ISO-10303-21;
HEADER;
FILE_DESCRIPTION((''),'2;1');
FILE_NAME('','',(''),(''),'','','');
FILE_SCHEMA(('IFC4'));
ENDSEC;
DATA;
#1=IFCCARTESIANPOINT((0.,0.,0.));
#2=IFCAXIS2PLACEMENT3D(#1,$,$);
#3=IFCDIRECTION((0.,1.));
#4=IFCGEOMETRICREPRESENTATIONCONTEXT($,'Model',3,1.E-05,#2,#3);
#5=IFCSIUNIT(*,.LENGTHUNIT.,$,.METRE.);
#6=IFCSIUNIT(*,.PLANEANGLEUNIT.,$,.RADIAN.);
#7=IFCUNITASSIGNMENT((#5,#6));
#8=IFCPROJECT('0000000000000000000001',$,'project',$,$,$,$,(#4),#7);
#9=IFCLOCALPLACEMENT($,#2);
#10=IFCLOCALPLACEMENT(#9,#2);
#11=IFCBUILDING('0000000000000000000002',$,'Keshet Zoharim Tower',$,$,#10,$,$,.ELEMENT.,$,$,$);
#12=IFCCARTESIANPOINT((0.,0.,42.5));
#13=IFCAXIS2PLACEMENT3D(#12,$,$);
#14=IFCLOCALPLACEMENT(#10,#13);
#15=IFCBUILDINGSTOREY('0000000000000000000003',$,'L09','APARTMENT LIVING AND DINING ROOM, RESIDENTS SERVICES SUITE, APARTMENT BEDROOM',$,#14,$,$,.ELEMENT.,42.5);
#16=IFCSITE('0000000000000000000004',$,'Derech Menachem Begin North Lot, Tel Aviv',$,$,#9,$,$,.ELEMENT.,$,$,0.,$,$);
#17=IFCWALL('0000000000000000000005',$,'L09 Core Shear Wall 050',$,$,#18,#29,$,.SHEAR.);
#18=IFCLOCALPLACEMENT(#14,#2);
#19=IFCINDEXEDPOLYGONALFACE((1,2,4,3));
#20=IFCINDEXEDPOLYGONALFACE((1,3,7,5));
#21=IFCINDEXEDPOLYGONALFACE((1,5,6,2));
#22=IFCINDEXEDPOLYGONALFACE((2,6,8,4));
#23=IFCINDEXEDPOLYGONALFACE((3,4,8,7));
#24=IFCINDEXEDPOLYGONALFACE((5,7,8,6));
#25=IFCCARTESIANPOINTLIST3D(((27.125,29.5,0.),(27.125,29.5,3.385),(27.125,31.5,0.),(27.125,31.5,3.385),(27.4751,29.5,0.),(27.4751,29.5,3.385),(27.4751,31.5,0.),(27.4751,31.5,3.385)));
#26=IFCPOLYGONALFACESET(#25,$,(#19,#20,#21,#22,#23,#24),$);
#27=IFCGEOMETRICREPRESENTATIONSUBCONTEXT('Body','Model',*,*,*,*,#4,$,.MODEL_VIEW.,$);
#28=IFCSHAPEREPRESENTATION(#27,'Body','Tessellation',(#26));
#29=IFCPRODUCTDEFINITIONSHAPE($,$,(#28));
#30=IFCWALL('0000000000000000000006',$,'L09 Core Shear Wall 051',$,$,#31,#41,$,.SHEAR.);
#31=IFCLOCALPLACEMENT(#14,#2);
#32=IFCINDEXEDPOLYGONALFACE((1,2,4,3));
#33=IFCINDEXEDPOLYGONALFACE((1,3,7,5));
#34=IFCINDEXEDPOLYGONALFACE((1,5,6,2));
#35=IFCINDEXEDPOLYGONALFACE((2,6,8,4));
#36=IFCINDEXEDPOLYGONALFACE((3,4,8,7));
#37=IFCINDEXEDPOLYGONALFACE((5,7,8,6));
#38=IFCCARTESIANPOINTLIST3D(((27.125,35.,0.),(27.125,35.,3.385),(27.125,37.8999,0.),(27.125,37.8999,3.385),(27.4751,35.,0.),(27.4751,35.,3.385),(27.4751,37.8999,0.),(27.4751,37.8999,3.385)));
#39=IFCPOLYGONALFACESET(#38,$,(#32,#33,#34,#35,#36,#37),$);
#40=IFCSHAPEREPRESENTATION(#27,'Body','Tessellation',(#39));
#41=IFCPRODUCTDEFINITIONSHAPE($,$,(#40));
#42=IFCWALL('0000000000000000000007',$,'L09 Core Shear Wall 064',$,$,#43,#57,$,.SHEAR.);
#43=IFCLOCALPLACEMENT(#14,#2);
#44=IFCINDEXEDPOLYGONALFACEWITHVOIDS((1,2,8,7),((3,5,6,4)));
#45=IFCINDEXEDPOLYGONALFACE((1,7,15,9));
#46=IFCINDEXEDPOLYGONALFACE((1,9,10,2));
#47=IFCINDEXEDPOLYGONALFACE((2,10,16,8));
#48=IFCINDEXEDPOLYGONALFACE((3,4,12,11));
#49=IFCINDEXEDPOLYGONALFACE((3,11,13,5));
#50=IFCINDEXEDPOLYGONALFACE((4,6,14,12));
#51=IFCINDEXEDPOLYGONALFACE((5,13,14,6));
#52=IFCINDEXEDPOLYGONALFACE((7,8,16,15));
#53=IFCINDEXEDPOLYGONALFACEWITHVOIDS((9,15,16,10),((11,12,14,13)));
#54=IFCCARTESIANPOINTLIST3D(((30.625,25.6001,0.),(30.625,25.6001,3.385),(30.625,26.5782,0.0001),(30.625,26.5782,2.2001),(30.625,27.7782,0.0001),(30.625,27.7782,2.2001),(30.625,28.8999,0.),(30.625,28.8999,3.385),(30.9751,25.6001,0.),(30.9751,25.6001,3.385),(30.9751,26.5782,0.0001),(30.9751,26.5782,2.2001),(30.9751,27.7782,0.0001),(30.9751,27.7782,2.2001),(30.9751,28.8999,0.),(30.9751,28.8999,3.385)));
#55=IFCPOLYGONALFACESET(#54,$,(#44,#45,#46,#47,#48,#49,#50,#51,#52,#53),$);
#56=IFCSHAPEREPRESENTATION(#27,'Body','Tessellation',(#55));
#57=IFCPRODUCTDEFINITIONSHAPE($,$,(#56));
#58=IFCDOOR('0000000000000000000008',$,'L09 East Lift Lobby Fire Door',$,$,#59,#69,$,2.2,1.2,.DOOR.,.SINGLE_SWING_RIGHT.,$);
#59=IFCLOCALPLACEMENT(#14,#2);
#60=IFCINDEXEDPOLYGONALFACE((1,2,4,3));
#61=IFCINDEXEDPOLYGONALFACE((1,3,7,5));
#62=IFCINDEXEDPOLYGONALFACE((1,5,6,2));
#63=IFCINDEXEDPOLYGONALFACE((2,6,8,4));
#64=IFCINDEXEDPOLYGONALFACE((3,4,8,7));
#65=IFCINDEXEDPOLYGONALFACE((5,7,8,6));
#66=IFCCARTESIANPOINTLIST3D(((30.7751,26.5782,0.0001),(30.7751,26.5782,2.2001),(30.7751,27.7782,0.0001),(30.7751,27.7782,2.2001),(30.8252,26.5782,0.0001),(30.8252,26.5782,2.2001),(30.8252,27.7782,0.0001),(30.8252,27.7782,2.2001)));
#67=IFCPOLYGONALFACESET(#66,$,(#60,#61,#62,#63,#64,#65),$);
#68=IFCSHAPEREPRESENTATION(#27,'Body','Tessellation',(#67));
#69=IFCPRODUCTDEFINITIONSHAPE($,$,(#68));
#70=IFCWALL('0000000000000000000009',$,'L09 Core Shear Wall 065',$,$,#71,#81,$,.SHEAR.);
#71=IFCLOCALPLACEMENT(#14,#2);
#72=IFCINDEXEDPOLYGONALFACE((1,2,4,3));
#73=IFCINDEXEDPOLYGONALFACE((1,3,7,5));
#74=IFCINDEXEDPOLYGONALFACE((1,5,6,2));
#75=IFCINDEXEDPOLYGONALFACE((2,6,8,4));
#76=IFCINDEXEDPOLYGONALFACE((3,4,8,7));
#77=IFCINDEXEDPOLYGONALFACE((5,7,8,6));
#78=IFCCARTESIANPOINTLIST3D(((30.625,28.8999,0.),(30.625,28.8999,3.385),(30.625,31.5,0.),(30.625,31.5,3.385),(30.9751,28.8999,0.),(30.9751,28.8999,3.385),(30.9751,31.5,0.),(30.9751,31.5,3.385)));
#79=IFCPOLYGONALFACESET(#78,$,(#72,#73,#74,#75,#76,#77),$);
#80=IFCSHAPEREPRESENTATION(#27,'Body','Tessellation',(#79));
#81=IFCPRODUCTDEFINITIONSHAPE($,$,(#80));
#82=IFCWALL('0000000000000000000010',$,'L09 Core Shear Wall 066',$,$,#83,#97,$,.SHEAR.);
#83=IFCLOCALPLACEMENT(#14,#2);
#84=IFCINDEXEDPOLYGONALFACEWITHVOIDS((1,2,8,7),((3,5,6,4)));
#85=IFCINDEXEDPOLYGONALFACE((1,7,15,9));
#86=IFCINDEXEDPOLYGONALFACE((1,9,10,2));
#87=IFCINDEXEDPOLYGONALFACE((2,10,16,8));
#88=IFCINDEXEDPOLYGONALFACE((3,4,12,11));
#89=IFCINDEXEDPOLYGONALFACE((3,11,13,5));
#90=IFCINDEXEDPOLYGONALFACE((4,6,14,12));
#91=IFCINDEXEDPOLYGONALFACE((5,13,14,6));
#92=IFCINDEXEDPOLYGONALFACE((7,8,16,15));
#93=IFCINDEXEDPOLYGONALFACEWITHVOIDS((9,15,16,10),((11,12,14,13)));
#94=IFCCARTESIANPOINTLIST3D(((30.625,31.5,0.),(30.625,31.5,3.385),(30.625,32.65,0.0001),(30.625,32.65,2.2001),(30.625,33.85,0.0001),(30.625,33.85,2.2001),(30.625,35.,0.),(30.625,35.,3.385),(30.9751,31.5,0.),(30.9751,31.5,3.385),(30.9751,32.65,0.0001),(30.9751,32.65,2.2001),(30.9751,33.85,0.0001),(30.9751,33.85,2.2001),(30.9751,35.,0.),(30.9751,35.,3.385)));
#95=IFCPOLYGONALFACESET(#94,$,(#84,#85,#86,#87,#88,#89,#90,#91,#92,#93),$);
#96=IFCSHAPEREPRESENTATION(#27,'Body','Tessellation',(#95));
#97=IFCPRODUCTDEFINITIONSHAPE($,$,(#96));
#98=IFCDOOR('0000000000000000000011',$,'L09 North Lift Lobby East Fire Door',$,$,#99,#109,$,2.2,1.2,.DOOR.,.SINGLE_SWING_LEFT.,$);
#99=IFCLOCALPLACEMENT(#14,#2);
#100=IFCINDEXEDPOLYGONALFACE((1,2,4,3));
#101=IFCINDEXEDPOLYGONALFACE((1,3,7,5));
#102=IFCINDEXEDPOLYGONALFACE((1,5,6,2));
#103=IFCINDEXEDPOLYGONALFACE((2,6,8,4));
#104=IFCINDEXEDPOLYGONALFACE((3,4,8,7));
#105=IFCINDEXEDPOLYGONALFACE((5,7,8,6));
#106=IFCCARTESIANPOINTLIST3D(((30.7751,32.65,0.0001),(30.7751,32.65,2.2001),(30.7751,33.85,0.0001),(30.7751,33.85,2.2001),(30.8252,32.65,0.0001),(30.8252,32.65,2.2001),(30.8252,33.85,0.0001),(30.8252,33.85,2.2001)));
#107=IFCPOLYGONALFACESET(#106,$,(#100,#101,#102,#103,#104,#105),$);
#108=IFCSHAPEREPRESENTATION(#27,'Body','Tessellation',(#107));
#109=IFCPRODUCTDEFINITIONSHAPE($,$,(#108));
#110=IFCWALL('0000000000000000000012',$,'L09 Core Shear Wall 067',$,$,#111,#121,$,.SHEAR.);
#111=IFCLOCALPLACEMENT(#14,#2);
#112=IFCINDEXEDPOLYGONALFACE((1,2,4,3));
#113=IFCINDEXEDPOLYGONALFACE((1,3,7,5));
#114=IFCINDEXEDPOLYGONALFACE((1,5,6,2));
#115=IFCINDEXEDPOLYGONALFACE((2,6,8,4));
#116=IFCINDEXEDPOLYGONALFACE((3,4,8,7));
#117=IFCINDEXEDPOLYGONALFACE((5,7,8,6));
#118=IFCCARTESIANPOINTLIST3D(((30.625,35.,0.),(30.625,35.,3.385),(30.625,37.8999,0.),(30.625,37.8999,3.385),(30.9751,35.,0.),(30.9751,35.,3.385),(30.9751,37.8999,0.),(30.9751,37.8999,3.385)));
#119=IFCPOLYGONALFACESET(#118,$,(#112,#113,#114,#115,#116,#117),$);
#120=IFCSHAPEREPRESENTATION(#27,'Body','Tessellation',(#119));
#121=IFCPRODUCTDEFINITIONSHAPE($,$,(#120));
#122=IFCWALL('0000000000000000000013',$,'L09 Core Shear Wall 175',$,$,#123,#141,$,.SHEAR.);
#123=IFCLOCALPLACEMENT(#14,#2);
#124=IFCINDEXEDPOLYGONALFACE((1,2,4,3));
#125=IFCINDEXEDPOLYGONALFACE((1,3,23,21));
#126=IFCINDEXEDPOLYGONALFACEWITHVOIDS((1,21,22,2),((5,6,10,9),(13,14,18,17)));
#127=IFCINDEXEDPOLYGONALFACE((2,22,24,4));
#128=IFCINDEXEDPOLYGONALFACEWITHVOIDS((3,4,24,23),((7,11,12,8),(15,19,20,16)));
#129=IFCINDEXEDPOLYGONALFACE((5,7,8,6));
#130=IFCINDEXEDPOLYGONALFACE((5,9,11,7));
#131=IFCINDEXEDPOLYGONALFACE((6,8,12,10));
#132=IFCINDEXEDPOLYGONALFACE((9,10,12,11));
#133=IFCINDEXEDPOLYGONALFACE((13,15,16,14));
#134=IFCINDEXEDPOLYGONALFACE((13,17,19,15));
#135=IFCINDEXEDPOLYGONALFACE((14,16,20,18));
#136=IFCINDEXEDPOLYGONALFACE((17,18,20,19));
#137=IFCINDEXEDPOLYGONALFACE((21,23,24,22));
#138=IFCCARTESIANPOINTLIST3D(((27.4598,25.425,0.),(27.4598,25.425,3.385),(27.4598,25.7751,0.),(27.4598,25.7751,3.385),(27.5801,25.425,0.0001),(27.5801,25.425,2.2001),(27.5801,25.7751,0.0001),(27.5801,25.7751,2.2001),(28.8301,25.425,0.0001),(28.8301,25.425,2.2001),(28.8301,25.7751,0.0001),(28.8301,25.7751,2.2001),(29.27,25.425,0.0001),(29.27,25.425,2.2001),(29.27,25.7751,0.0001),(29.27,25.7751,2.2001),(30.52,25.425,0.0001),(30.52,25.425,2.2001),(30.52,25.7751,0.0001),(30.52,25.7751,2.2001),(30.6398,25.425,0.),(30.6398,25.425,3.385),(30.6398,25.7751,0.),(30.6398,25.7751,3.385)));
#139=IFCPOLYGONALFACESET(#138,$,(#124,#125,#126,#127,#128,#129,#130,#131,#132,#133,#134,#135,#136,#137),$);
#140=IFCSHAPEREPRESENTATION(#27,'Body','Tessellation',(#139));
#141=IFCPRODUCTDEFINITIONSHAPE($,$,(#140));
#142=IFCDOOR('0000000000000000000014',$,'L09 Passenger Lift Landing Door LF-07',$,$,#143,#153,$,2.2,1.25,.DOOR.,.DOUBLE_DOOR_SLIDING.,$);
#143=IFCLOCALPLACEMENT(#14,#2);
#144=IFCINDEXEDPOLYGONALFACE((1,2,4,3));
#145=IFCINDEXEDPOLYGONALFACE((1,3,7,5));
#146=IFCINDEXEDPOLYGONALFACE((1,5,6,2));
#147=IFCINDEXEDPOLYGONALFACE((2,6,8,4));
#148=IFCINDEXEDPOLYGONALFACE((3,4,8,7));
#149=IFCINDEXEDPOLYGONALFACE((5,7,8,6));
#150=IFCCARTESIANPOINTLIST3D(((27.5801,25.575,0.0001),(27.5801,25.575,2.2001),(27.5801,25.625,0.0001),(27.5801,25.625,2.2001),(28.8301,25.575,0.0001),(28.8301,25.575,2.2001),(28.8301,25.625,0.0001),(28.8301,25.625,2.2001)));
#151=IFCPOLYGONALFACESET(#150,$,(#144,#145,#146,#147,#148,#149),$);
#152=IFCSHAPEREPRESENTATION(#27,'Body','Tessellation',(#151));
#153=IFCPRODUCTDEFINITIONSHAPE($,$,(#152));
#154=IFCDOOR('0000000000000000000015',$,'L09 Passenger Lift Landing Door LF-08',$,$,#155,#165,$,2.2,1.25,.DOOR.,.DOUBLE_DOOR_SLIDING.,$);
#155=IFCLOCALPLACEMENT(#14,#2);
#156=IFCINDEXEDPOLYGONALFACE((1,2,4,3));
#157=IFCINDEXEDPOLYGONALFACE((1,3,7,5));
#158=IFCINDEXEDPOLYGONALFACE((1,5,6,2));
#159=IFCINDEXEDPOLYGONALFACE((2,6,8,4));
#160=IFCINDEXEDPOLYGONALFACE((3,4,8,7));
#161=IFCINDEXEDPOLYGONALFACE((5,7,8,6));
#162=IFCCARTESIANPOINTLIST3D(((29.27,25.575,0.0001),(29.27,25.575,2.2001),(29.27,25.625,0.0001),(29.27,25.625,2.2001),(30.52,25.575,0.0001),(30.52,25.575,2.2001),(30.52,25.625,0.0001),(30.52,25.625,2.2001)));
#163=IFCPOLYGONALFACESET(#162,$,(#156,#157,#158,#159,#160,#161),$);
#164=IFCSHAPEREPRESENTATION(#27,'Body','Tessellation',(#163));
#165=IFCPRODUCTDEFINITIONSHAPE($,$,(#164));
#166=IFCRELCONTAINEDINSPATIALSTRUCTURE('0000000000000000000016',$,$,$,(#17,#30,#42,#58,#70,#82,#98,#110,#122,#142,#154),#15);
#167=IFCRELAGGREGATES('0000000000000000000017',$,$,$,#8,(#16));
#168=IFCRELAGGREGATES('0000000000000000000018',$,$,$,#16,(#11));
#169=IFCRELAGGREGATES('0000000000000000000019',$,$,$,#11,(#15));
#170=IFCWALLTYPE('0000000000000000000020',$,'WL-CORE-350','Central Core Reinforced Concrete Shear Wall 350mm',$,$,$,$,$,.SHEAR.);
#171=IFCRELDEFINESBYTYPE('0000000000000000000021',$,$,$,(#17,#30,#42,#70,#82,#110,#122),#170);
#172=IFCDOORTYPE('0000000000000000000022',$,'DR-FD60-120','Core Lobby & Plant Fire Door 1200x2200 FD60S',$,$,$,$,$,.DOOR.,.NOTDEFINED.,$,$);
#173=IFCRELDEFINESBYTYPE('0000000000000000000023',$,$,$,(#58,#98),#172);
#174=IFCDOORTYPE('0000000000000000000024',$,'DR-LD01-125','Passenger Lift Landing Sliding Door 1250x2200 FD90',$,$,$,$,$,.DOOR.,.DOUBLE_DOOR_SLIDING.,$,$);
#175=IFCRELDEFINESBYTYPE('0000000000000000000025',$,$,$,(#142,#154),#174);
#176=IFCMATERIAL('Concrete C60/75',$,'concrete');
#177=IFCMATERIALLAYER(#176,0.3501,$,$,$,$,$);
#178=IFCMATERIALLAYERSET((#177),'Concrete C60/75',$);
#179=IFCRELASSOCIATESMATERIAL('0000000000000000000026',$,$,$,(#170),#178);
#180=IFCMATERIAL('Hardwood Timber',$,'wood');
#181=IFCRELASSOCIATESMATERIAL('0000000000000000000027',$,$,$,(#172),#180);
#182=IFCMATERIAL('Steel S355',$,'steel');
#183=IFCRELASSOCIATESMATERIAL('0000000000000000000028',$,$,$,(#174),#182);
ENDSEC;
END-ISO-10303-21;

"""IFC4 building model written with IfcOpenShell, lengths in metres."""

from ifc_helpers import new_model, si_unit, direction, frame, frame_2d, origin, place, context, subcontext, project, spatial, rectangle, extrude, material, layer, layer_set, type_object, element, fill, save


model = new_model("IFC4")

# Units and contexts
model_context = context("Model", 3, precision=1e-05, world=origin(), true_north=direction((0.0, 1.0)))
body_context = subcontext(model_context, "Body", "Model", "MODEL_VIEW")
ifc_project = project(units=[si_unit("LENGTHUNIT", "METRE"), si_unit("PLANEANGLEUNIT", "RADIAN")], contexts=[model_context])

# Site, building, storey
site_placement = place(None, origin())
site = spatial("IfcSite", under=ifc_project, at=site_placement, Name="Derech Menachem Begin North Lot, Tel Aviv", CompositionType="ELEMENT", RefElevation=0.0)
building_placement = place(site_placement, origin())
building = spatial("IfcBuilding", under=site, at=building_placement, Name="Keshet Zoharim Tower", CompositionType="ELEMENT")
storey_placement = place(building_placement, frame((0.0, 0.0, 42.5)))
storey = spatial("IfcBuildingStorey", under=building, at=storey_placement, Name="L09", Description="APARTMENT LIVING AND DINING ROOM, RESIDENTS SERVICES SUITE, APARTMENT BEDROOM", CompositionType="ELEMENT", Elevation=42.5)

# Shared definitions
ifc_material_1 = material(Name="Concrete C60/75", Category="concrete")

# Shared definitions
ifc_material_2 = material(Name="Steel S355", Category="steel")

# Walls
ifc_layer_1 = layer(ifc_material_1, 0.3501)
ifc_layer_set_1 = layer_set([ifc_layer_1], Name="Concrete C60/75")
wall_type_1 = type_object("IfcWallType", Name="WL-CORE-350", Description="Central Core Reinforced Concrete Shear Wall 350mm", PredefinedType="SHEAR", material=ifc_layer_set_1)
wall_1_placement = place(storey_placement, frame((27.3, 29.5, 0.0), z_axis=(0.0, 0.0, 1.0), x_axis=(0.0, 1.0, 0.0)))
element("IfcWall", 1, at=wall_1_placement, inside=storey, type_object=wall_type_1, Name="L09 Core Shear Wall 050", PredefinedType="SHEAR", context=body_context, shape_type="SweptSolid", body=[
    extrude(rectangle(XDim=2.0, YDim=0.3501, at=frame_2d((1.0, 0.0))), origin(), (0.0, 0.0, 1.0), 3.385),
])
wall_2_placement = place(storey_placement, frame((27.3, 35.0, 0.0), z_axis=(0.0, 0.0, 1.0), x_axis=(0.0, 1.0, 0.0)))
element("IfcWall", 2, at=wall_2_placement, inside=storey, type_object=wall_type_1, Name="L09 Core Shear Wall 051", PredefinedType="SHEAR", context=body_context, shape_type="SweptSolid", body=[
    extrude(rectangle(XDim=2.8999, YDim=0.3501, at=frame_2d((1.45, 0.0))), origin(), (0.0, 0.0, 1.0), 3.385),
])

# Wall, opening, door
wall_3_placement = place(storey_placement, frame((30.8, 25.6001, 0.0), z_axis=(0.0, 0.0, 1.0), x_axis=(0.0, 1.0, 0.0)))
wall_3 = element("IfcWall", 3, at=wall_3_placement, inside=storey, type_object=wall_type_1, Name="L09 Core Shear Wall 064", PredefinedType="SHEAR", context=body_context, shape_type="SweptSolid", body=[
    extrude(rectangle(XDim=3.2998, YDim=0.3501, at=frame_2d((1.6499, 0.0))), origin(), (0.0, 0.0, 1.0), 3.385),
])
opening_1_placement = place(wall_3_placement, frame((0.978, 0.0, 0.0)))
opening_1 = element("IfcOpeningElement", 4, at=opening_1_placement, cuts=wall_3, PredefinedType="OPENING", context=body_context, shape_type="SweptSolid", body=[
    extrude(rectangle(XDim=1.2, YDim=2.2, at=frame_2d((0.6001, 1.1001))), frame((0.0, 0.1851, 0.0), z_axis=(0.0, -1.0, 0.0), x_axis=(1.0, 0.0, 0.0)), (0.0, 0.0, 1.0), 0.3701),
])
ifc_material_3 = material(Name="Hardwood Timber", Category="wood")
door_type_1 = type_object("IfcDoorType", Name="DR-FD60-120", Description="Core Lobby & Plant Fire Door 1200x2200 FD60S", OperationType="NOTDEFINED", PredefinedType="DOOR", material=ifc_material_3)
door_1_placement = place(opening_1_placement, origin())
door_1 = element("IfcDoor", 5, at=door_1_placement, inside=storey, type_object=door_type_1, Name="L09 East Lift Lobby Fire Door", OperationType="SINGLE_SWING_RIGHT", OverallHeight=2.2, OverallWidth=1.2, PredefinedType="DOOR", context=body_context, shape_type="SweptSolid", body=[
    extrude(rectangle(XDim=1.2, YDim=2.2, at=frame_2d((0.6001, 1.1001))), frame((0.0, 0.0249, 0.0), z_axis=(0.0, -1.0, 0.0), x_axis=(1.0, 0.0, 0.0)), (0.0, 0.0, 1.0), 0.05),
])
fill(opening_1, door_1)

# Wall
wall_4_placement = place(storey_placement, frame((30.8, 28.8999, 0.0), z_axis=(0.0, 0.0, 1.0), x_axis=(0.0, 1.0, 0.0)))
element("IfcWall", 6, at=wall_4_placement, inside=storey, type_object=wall_type_1, Name="L09 Core Shear Wall 065", PredefinedType="SHEAR", context=body_context, shape_type="SweptSolid", body=[
    extrude(rectangle(XDim=2.6001, YDim=0.3501, at=frame_2d((1.3, 0.0))), origin(), (0.0, 0.0, 1.0), 3.385),
])

# Wall, opening, door
wall_5_placement = place(storey_placement, frame((30.8, 31.5, 0.0), z_axis=(0.0, 0.0, 1.0), x_axis=(0.0, 1.0, 0.0)))
wall_5 = element("IfcWall", 7, at=wall_5_placement, inside=storey, type_object=wall_type_1, Name="L09 Core Shear Wall 066", PredefinedType="SHEAR", context=body_context, shape_type="SweptSolid", body=[
    extrude(rectangle(XDim=3.5, YDim=0.3501, at=frame_2d((1.75, 0.0))), origin(), (0.0, 0.0, 1.0), 3.385),
])
opening_2_placement = place(wall_5_placement, frame((1.1499, 0.0, 0.0)))
opening_2 = element("IfcOpeningElement", 8, at=opening_2_placement, cuts=wall_5, PredefinedType="OPENING", context=body_context, shape_type="SweptSolid", body=[
    extrude(rectangle(XDim=1.2, YDim=2.2, at=frame_2d((0.6001, 1.1001))), frame((0.0, 0.1851, 0.0), z_axis=(0.0, -1.0, 0.0), x_axis=(1.0, 0.0, 0.0)), (0.0, 0.0, 1.0), 0.3701),
])
door_2_placement = place(opening_2_placement, origin())
door_2 = element("IfcDoor", 9, at=door_2_placement, inside=storey, type_object=door_type_1, Name="L09 North Lift Lobby East Fire Door", OperationType="SINGLE_SWING_LEFT", OverallHeight=2.2, OverallWidth=1.2, PredefinedType="DOOR", context=body_context, shape_type="SweptSolid", body=[
    extrude(rectangle(XDim=1.2, YDim=2.2, at=frame_2d((0.6001, 1.1001))), frame((0.0, 0.0249, 0.0), z_axis=(0.0, -1.0, 0.0), x_axis=(1.0, 0.0, 0.0)), (0.0, 0.0, 1.0), 0.05),
])
fill(opening_2, door_2)

# Wall
wall_6_placement = place(storey_placement, frame((30.8, 35.0, 0.0), z_axis=(0.0, 0.0, 1.0), x_axis=(0.0, 1.0, 0.0)))
element("IfcWall", 10, at=wall_6_placement, inside=storey, type_object=wall_type_1, Name="L09 Core Shear Wall 067", PredefinedType="SHEAR", context=body_context, shape_type="SweptSolid", body=[
    extrude(rectangle(XDim=2.8999, YDim=0.3501, at=frame_2d((1.45, 0.0))), origin(), (0.0, 0.0, 1.0), 3.385),
])

# Wall, openings, doors
wall_7_placement = place(storey_placement, frame((27.46, 25.6001, 0.0), z_axis=(0.0, 0.0, 1.0), x_axis=(1.0, 0.0, 0.0)))
wall_7 = element("IfcWall", 11, at=wall_7_placement, inside=storey, type_object=wall_type_1, Name="L09 Core Shear Wall 175", PredefinedType="SHEAR", context=body_context, shape_type="SweptSolid", body=[
    extrude(rectangle(XDim=3.1799, YDim=0.3501, at=frame_2d((1.5898, 0.0))), origin(), (0.0, 0.0, 1.0), 3.385),
])
opening_3_placement = place(wall_7_placement, frame((0.1201, 0.0, 0.0)))
opening_3 = element("IfcOpeningElement", 12, at=opening_3_placement, cuts=wall_7, PredefinedType="OPENING", context=body_context, shape_type="SweptSolid", body=[
    extrude(rectangle(XDim=1.25, YDim=2.2, at=frame_2d((0.625, 1.1001))), frame((0.0, 0.1851, 0.0), z_axis=(0.0, -1.0, 0.0), x_axis=(1.0, 0.0, 0.0)), (0.0, 0.0, 1.0), 0.3701),
])
opening_4_placement = place(wall_7_placement, frame((1.8101, 0.0, 0.0)))
opening_4 = element("IfcOpeningElement", 13, at=opening_4_placement, cuts=wall_7, PredefinedType="OPENING", context=body_context, shape_type="SweptSolid", body=[
    extrude(rectangle(XDim=1.25, YDim=2.2, at=frame_2d((0.625, 1.1001))), frame((0.0, 0.1851, 0.0), z_axis=(0.0, -1.0, 0.0), x_axis=(1.0, 0.0, 0.0)), (0.0, 0.0, 1.0), 0.3701),
])
door_type_2 = type_object("IfcDoorType", Name="DR-LD01-125", Description="Passenger Lift Landing Sliding Door 1250x2200 FD90", OperationType="DOUBLE_DOOR_SLIDING", PredefinedType="DOOR", material=ifc_material_2)
door_3_placement = place(opening_3_placement, origin())
door_3 = element("IfcDoor", 14, at=door_3_placement, inside=storey, type_object=door_type_2, Name="L09 Passenger Lift Landing Door LF-07", OperationType="DOUBLE_DOOR_SLIDING", OverallHeight=2.2, OverallWidth=1.25, PredefinedType="DOOR", context=body_context, shape_type="SweptSolid", body=[
    extrude(rectangle(XDim=1.25, YDim=2.2, at=frame_2d((0.625, 1.1001))), frame((0.0, 0.0249, 0.0), z_axis=(0.0, -1.0, 0.0), x_axis=(1.0, 0.0, 0.0)), (0.0, 0.0, 1.0), 0.05),
])
fill(opening_3, door_3)
door_4_placement = place(opening_4_placement, origin())
door_4 = element("IfcDoor", 15, at=door_4_placement, inside=storey, type_object=door_type_2, Name="L09 Passenger Lift Landing Door LF-08", OperationType="DOUBLE_DOOR_SLIDING", OverallHeight=2.2, OverallWidth=1.25, PredefinedType="DOOR", context=body_context, shape_type="SweptSolid", body=[
    extrude(rectangle(XDim=1.25, YDim=2.2, at=frame_2d((0.625, 1.1001))), frame((0.0, 0.0249, 0.0), z_axis=(0.0, -1.0, 0.0), x_axis=(1.0, 0.0, 0.0)), (0.0, 0.0, 1.0), 0.05),
])
fill(opening_4, door_4)

save(model, "model.ifc")
